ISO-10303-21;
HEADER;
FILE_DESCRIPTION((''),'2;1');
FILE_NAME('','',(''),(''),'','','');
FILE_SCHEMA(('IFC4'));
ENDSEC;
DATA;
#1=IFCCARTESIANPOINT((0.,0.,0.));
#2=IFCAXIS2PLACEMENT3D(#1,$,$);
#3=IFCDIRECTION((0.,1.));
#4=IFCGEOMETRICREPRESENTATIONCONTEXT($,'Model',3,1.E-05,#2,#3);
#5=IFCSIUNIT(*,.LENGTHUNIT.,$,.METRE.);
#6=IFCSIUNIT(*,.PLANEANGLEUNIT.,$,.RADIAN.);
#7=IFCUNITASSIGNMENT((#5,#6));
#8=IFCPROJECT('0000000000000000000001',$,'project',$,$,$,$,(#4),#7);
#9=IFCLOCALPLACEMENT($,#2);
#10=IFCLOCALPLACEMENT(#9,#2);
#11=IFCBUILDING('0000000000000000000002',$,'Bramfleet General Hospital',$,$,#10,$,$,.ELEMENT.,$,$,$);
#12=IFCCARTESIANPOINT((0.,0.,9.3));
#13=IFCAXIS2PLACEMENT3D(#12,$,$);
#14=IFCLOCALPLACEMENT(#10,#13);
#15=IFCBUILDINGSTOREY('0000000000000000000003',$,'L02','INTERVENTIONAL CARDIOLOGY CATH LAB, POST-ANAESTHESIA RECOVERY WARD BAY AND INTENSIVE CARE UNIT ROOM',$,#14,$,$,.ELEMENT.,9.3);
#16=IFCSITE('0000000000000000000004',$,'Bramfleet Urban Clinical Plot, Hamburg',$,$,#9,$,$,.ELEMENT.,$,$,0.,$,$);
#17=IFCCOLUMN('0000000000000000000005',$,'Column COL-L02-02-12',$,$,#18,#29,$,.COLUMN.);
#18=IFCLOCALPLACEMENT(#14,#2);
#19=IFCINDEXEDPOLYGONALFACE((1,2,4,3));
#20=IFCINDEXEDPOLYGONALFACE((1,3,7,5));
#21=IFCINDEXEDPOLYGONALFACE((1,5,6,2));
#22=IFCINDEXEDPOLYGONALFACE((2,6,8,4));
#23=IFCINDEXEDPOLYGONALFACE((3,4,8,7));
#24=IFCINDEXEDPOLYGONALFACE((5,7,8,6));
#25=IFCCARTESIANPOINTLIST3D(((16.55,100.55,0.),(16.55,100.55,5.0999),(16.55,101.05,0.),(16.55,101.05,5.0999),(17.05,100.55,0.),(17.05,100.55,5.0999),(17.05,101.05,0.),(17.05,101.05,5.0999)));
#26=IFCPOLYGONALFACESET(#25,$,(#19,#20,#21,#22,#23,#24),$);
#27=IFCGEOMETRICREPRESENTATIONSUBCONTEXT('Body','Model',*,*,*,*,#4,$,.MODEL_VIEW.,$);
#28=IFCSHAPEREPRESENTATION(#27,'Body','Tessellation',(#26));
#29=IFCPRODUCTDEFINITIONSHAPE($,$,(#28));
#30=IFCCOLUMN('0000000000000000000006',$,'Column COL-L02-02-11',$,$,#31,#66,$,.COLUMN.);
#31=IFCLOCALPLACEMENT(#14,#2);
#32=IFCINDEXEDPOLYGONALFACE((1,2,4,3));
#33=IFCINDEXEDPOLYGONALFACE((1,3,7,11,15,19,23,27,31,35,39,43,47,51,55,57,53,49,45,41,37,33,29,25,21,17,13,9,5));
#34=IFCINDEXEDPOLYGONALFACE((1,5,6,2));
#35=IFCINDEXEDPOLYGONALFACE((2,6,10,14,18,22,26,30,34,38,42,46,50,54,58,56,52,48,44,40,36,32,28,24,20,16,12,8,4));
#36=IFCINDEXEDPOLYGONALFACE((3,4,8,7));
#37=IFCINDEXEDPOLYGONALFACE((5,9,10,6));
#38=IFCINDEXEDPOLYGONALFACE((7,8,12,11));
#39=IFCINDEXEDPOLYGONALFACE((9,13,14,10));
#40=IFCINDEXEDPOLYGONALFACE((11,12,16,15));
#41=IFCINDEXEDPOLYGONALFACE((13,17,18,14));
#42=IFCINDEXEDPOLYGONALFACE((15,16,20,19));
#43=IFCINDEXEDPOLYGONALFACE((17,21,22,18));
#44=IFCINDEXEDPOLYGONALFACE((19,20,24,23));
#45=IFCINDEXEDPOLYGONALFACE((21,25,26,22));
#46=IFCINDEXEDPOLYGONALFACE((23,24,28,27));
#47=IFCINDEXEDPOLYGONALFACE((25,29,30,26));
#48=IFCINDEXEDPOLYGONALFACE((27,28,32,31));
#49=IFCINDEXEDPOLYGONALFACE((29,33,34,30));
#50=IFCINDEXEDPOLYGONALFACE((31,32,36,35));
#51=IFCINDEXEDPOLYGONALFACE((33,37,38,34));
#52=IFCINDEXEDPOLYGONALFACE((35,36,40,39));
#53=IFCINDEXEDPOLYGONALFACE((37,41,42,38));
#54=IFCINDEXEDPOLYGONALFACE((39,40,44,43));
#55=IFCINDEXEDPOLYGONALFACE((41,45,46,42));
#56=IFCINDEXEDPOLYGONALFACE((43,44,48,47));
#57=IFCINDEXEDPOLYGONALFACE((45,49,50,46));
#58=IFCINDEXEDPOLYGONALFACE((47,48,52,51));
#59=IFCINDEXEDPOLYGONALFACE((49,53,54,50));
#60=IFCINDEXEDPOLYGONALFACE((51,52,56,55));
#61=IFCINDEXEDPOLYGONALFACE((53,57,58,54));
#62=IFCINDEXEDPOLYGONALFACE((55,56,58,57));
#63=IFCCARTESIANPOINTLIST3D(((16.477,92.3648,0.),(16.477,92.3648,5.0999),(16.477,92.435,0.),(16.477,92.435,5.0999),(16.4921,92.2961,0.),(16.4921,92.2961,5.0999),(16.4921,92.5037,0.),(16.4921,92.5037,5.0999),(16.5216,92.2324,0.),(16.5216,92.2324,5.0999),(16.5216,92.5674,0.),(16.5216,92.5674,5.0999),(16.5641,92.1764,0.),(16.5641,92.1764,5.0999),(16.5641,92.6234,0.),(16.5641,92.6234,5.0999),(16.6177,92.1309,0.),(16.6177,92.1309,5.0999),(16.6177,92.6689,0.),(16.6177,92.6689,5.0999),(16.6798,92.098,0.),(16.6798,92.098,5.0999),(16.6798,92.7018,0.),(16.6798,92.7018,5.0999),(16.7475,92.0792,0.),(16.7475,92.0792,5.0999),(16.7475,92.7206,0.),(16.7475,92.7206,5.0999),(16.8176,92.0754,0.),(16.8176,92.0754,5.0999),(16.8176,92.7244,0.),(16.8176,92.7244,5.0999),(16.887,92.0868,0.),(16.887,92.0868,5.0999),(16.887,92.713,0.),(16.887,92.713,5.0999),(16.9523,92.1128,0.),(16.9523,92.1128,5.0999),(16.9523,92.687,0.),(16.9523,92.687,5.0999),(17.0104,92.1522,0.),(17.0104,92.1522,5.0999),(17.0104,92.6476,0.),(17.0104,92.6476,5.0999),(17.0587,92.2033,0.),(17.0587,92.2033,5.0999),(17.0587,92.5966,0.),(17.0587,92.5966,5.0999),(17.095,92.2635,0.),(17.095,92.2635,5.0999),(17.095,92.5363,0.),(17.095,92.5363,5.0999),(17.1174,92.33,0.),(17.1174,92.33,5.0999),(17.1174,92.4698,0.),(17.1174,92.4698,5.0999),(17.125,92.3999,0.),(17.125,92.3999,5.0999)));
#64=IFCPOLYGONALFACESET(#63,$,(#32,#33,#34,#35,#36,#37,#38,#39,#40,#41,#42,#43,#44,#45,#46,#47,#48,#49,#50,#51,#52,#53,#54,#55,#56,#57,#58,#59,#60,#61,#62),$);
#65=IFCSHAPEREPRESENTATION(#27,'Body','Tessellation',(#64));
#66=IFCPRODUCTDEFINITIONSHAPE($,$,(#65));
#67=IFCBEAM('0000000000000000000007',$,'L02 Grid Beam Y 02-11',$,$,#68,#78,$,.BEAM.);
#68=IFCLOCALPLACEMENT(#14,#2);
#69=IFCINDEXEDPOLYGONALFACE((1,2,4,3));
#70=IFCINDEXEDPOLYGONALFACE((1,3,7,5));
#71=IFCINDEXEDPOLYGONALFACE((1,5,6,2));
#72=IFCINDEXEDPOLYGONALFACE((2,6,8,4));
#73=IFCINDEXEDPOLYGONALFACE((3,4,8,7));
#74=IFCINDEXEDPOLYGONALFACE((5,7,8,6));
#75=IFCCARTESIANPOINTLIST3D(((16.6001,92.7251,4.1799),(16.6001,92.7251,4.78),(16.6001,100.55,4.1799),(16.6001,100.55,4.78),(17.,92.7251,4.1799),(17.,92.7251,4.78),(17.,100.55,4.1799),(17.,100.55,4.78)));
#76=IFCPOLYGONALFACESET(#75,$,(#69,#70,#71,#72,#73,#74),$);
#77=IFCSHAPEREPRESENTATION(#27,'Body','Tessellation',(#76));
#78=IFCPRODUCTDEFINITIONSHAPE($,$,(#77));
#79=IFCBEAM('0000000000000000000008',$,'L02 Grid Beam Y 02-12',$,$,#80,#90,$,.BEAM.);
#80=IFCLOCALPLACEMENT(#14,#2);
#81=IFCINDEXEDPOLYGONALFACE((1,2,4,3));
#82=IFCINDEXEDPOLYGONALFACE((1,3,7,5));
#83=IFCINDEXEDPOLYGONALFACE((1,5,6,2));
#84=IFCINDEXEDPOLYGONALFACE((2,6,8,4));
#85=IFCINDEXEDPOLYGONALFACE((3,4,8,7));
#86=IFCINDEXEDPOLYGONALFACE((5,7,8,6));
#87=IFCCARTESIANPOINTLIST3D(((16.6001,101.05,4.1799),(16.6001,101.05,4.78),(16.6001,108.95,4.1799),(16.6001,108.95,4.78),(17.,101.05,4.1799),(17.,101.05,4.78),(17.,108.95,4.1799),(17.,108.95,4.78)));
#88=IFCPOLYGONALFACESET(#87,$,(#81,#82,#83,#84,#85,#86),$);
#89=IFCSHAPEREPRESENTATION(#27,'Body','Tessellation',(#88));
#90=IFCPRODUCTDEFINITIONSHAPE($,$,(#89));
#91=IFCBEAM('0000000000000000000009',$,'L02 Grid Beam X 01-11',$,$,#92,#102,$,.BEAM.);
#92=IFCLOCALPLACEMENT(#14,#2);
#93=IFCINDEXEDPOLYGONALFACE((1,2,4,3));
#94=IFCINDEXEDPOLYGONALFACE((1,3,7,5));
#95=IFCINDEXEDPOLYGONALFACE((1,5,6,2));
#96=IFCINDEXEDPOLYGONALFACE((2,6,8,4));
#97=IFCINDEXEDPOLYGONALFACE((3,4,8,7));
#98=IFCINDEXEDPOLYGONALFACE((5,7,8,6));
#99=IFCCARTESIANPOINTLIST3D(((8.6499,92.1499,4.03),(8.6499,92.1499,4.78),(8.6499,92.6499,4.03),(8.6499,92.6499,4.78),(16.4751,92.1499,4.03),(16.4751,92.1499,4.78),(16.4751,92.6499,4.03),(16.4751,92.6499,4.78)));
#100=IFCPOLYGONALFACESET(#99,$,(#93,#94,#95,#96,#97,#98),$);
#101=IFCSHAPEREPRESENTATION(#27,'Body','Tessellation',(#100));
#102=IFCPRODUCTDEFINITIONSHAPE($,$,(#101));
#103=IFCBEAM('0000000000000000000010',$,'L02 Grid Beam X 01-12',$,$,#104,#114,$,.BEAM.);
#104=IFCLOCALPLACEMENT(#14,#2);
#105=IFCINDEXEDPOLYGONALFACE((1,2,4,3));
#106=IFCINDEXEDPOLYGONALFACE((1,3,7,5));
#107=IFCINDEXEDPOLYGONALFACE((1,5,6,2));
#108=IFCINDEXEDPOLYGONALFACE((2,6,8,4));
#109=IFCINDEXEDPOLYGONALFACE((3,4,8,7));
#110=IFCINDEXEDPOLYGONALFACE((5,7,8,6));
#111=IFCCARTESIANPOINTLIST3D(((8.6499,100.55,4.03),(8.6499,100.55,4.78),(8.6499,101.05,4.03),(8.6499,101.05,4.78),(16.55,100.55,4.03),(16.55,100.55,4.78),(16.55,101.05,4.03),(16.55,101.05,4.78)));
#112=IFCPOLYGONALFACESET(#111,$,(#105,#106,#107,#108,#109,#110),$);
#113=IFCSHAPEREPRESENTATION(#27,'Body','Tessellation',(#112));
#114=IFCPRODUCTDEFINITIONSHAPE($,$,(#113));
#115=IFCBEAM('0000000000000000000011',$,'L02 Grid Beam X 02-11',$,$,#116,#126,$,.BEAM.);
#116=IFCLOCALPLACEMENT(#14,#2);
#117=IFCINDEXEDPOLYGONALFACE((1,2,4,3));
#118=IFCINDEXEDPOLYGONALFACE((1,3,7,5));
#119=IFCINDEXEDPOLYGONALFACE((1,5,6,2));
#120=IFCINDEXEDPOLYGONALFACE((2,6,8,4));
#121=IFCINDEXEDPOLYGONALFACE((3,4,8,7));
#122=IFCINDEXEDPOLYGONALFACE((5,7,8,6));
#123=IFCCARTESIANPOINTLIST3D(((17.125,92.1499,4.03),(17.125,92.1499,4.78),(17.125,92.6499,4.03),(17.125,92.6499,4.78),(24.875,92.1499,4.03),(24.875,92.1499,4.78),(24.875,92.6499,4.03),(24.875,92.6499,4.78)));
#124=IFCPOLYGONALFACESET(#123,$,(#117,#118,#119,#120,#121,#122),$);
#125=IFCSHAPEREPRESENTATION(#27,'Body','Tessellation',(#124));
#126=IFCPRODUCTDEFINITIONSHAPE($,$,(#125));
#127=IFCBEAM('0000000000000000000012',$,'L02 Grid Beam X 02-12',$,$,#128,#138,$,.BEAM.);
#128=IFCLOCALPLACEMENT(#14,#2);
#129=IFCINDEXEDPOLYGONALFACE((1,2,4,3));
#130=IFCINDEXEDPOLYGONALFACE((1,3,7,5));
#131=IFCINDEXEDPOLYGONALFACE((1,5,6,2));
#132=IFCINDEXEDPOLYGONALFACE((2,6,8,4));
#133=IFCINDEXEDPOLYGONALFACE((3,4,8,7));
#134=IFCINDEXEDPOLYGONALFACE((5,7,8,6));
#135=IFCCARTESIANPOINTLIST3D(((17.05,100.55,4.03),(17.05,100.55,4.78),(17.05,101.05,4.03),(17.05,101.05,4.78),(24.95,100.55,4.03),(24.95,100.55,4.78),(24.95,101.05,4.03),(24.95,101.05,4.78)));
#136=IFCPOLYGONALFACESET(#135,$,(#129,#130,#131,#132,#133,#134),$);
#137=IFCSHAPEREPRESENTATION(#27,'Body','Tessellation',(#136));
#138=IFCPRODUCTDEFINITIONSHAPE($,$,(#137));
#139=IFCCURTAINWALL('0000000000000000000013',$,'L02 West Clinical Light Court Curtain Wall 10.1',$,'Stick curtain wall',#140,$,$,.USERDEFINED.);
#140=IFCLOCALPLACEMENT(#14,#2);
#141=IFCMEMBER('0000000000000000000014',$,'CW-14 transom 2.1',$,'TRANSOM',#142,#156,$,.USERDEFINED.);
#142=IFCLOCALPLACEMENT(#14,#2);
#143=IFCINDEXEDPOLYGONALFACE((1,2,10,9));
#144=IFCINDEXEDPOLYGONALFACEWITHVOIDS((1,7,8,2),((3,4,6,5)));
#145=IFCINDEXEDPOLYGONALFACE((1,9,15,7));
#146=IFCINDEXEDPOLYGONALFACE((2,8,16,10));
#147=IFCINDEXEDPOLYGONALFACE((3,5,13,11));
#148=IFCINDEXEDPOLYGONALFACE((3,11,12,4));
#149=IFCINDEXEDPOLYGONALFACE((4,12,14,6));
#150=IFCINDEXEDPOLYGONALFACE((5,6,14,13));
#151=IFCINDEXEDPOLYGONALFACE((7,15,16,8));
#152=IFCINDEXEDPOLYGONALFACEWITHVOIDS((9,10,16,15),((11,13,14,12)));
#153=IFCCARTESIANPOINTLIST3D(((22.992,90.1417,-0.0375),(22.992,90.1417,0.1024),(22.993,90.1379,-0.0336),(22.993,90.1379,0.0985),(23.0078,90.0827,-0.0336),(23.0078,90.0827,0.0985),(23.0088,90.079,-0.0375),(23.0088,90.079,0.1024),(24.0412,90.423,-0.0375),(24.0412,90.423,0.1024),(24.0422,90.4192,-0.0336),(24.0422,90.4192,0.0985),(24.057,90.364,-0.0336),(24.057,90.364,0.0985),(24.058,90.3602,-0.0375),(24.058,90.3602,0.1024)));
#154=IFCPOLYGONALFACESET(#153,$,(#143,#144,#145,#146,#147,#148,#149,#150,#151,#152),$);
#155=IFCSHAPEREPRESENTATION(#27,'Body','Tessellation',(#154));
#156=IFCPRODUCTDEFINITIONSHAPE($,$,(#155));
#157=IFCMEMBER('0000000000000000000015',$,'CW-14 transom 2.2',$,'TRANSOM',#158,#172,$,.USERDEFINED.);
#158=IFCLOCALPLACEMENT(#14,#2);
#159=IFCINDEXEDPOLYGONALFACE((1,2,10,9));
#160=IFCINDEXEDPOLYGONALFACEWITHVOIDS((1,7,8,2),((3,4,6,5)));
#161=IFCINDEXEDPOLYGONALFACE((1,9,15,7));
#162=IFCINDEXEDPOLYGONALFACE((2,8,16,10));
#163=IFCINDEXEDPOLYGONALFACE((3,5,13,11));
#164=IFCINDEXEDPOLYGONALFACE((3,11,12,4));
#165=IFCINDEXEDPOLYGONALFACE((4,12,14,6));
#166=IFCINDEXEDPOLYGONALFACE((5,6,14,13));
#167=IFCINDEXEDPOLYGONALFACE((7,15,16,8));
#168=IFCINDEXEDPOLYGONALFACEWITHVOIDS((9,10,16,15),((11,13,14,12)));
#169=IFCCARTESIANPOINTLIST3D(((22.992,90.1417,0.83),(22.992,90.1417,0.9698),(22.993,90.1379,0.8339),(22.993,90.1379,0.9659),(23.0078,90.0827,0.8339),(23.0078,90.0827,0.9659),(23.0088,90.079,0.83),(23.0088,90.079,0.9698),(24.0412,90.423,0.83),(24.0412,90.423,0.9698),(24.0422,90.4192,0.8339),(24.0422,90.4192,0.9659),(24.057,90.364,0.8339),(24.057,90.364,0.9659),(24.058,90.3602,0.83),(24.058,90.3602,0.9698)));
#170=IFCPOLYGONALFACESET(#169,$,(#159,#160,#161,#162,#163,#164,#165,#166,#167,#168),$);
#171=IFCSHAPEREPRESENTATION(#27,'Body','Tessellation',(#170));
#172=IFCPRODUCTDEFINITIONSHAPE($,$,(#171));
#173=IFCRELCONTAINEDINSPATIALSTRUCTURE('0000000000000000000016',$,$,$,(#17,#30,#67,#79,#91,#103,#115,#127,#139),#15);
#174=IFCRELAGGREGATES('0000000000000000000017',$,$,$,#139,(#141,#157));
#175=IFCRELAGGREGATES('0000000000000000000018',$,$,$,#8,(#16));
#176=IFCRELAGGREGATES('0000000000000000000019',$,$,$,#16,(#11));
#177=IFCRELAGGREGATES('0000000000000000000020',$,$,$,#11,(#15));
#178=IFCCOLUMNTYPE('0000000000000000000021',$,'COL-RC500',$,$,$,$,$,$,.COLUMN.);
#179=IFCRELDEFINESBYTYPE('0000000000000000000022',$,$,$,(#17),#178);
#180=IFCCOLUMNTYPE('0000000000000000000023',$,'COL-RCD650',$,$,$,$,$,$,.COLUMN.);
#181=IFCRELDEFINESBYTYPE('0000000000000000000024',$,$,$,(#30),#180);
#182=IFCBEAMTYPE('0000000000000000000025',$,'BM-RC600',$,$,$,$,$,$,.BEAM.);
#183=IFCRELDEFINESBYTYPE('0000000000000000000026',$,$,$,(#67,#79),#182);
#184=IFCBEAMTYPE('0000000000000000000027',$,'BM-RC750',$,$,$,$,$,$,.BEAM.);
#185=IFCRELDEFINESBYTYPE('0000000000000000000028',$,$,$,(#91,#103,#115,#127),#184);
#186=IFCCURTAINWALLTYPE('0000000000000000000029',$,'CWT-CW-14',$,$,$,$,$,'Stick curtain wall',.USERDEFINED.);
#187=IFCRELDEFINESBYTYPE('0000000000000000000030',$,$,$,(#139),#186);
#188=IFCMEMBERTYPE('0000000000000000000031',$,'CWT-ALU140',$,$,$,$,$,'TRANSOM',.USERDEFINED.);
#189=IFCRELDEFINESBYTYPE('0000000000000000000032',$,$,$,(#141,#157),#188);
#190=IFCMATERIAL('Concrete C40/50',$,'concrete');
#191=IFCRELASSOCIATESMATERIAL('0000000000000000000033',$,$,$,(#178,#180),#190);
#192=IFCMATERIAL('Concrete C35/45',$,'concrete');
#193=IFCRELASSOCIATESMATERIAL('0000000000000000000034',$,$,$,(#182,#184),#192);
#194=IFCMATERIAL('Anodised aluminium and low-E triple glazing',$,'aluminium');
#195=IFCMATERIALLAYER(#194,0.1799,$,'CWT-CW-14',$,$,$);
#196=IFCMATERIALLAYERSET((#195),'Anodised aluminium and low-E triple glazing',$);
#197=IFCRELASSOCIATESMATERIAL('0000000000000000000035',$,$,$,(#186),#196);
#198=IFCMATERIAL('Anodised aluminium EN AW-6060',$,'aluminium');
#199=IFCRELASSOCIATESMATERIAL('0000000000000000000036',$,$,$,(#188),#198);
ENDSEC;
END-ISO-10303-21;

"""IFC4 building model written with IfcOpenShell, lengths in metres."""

from ifc_helpers import new_model, si_unit, direction, frame, origin, origin_2d, place, context, subcontext, project, spatial, rectangle, hollow_rectangle, circle, extrude, material, layer, layer_set, material_profile, profile_set, type_object, element, aggregate, save


model = new_model("IFC4")

# Units and contexts
model_context = context("Model", 3, precision=1e-05, world=origin(), true_north=direction((0.0, 1.0)))
body_context = subcontext(model_context, "Body", "Model", "MODEL_VIEW")
ifc_project = project(units=[si_unit("LENGTHUNIT", "METRE"), si_unit("PLANEANGLEUNIT", "RADIAN")], contexts=[model_context])

# Site, building, storey
site_placement = place(None, origin())
site = spatial("IfcSite", under=ifc_project, at=site_placement, Name="Bramfleet Urban Clinical Plot, Hamburg", CompositionType="ELEMENT", RefElevation=0.0)
building_placement = place(site_placement, origin())
building = spatial("IfcBuilding", under=site, at=building_placement, Name="Bramfleet General Hospital", CompositionType="ELEMENT")
storey_placement = place(building_placement, frame((0.0, 0.0, 9.3)))
storey = spatial("IfcBuildingStorey", under=building, at=storey_placement, Name="L02", Description="INTERVENTIONAL CARDIOLOGY CATH LAB, POST-ANAESTHESIA RECOVERY WARD BAY AND INTENSIVE CARE UNIT ROOM", CompositionType="ELEMENT", Elevation=9.3)

# Columns
ifc_material_1 = material(Name="Concrete C40/50", Category="concrete")
ifc_material_profile_1 = material_profile(ifc_material_1, rectangle(XDim=0.5, YDim=0.5, at=origin_2d()), Name="RC COL 500x500")
ifc_profile_set_1 = profile_set([ifc_material_profile_1], Name="Concrete C40/50")
column_type_1 = type_object("IfcColumnType", Name="COL-RC500", PredefinedType="COLUMN", material=ifc_profile_set_1)
column_1_placement = place(storey_placement, frame((16.8, 100.8, 0.0), z_axis=(0.0, 0.0, 1.0), x_axis=(1.0, 0.0, 0.0)))
element("IfcColumn", 1, at=column_1_placement, inside=storey, type_object=column_type_1, Name="Column COL-L02-02-12", PredefinedType="COLUMN", context=body_context, shape_type="SweptSolid", body=[
    extrude(rectangle(XDim=0.5, YDim=0.5, at=origin_2d()), origin(), (0.0, 0.0, 1.0), 5.0999),
])
ifc_material_profile_2 = material_profile(ifc_material_1, circle(Radius=0.325, at=origin_2d()), Name="RC ROUND D650")
ifc_profile_set_2 = profile_set([ifc_material_profile_2], Name="Concrete C40/50")
column_type_2 = type_object("IfcColumnType", Name="COL-RCD650", PredefinedType="COLUMN", material=ifc_profile_set_2)
column_2_placement = place(storey_placement, frame((16.8, 92.3999, 0.0), z_axis=(0.0, 0.0, 1.0), x_axis=(1.0, 0.0, 0.0)))
element("IfcColumn", 2, at=column_2_placement, inside=storey, type_object=column_type_2, Name="Column COL-L02-02-11", PredefinedType="COLUMN", context=body_context, shape_type="SweptSolid", body=[
    extrude(circle(Radius=0.325, at=origin_2d()), origin(), (0.0, 0.0, 1.0), 5.0999),
])

# Beams
ifc_material_2 = material(Name="Concrete C35/45", Category="concrete")
ifc_material_profile_3 = material_profile(ifc_material_2, rectangle(XDim=0.3999, YDim=0.6001, at=origin_2d()), Name="RC BM 600x400")
ifc_profile_set_3 = profile_set([ifc_material_profile_3], Name="Concrete C35/45")
beam_type_1 = type_object("IfcBeamType", Name="BM-RC600", PredefinedType="BEAM", material=ifc_profile_set_3)
beam_1_placement = place(storey_placement, frame((16.8, 92.7251, 4.48), z_axis=(0.0, 1.0, 0.0), x_axis=(-1.0, 0.0, 0.0)))
element("IfcBeam", 3, at=beam_1_placement, inside=storey, type_object=beam_type_1, Name="L02 Grid Beam Y 02-11", PredefinedType="BEAM", context=body_context, shape_type="SweptSolid", body=[
    extrude(rectangle(XDim=0.3999, YDim=0.6001, at=origin_2d()), origin(), (0.0, 0.0, 1.0), 7.825),
])
beam_2_placement = place(storey_placement, frame((16.8, 101.05, 4.48), z_axis=(0.0, 1.0, 0.0), x_axis=(-1.0, 0.0, 0.0)))
element("IfcBeam", 4, at=beam_2_placement, inside=storey, type_object=beam_type_1, Name="L02 Grid Beam Y 02-12", PredefinedType="BEAM", context=body_context, shape_type="SweptSolid", body=[
    extrude(rectangle(XDim=0.3999, YDim=0.6001, at=origin_2d()), origin(), (0.0, 0.0, 1.0), 7.8999),
])
ifc_material_profile_4 = material_profile(ifc_material_2, rectangle(XDim=0.5, YDim=0.75, at=origin_2d()), Name="RC BM 750x500")
ifc_profile_set_4 = profile_set([ifc_material_profile_4], Name="Concrete C35/45")
beam_type_2 = type_object("IfcBeamType", Name="BM-RC750", PredefinedType="BEAM", material=ifc_profile_set_4)
beam_3_placement = place(storey_placement, frame((8.6499, 92.3999, 4.405), z_axis=(1.0, 0.0, 0.0), x_axis=(0.0, 1.0, 0.0)))
element("IfcBeam", 5, at=beam_3_placement, inside=storey, type_object=beam_type_2, Name="L02 Grid Beam X 01-11", PredefinedType="BEAM", context=body_context, shape_type="SweptSolid", body=[
    extrude(rectangle(XDim=0.5, YDim=0.75, at=origin_2d()), origin(), (0.0, 0.0, 1.0), 7.8252),
])
beam_4_placement = place(storey_placement, frame((8.6499, 100.8, 4.405), z_axis=(1.0, 0.0, 0.0), x_axis=(0.0, 1.0, 0.0)))
element("IfcBeam", 6, at=beam_4_placement, inside=storey, type_object=beam_type_2, Name="L02 Grid Beam X 01-12", PredefinedType="BEAM", context=body_context, shape_type="SweptSolid", body=[
    extrude(rectangle(XDim=0.5, YDim=0.75, at=origin_2d()), origin(), (0.0, 0.0, 1.0), 7.9001),
])
beam_5_placement = place(storey_placement, frame((17.125, 92.3999, 4.405), z_axis=(1.0, 0.0, 0.0), x_axis=(0.0, 1.0, 0.0)))
element("IfcBeam", 7, at=beam_5_placement, inside=storey, type_object=beam_type_2, Name="L02 Grid Beam X 02-11", PredefinedType="BEAM", context=body_context, shape_type="SweptSolid", body=[
    extrude(rectangle(XDim=0.5, YDim=0.75, at=origin_2d()), origin(), (0.0, 0.0, 1.0), 7.75),
])
beam_6_placement = place(storey_placement, frame((17.05, 100.8, 4.405), z_axis=(1.0, 0.0, 0.0), x_axis=(0.0, 1.0, 0.0)))
element("IfcBeam", 8, at=beam_6_placement, inside=storey, type_object=beam_type_2, Name="L02 Grid Beam X 02-12", PredefinedType="BEAM", context=body_context, shape_type="SweptSolid", body=[
    extrude(rectangle(XDim=0.5, YDim=0.75, at=origin_2d()), origin(), (0.0, 0.0, 1.0), 7.8999),
])

# Curtain wall, members
ifc_material_3 = material(Name="Anodised aluminium and low-E triple glazing", Category="aluminium")
ifc_layer_1 = layer(ifc_material_3, 0.1799, Name="CWT-CW-14")
ifc_layer_set_1 = layer_set([ifc_layer_1], Name="Anodised aluminium and low-E triple glazing")
curtain_wall_type = type_object("IfcCurtainWallType", Name="CWT-CW-14", ElementType="Stick curtain wall", PredefinedType="USERDEFINED", material=ifc_layer_set_1)
curtain_wall_placement = place(storey_placement, origin())
curtain_wall = element("IfcCurtainWall", 9, at=curtain_wall_placement, inside=storey, type_object=curtain_wall_type, Name="L02 West Clinical Light Court Curtain Wall 10.1", ObjectType="Stick curtain wall", PredefinedType="USERDEFINED")
ifc_material_4 = material(Name="Anodised aluminium EN AW-6060", Category="aluminium")
ifc_material_profile_5 = material_profile(ifc_material_4, hollow_rectangle(XDim=0.0649, YDim=0.1399, WallThickness=0.0039, at=origin_2d()), Name="ALU 140x65x4.0")
ifc_profile_set_5 = profile_set([ifc_material_profile_5], Name="Anodised aluminium EN AW-6060")
member_type = type_object("IfcMemberType", Name="CWT-ALU140", ElementType="TRANSOM", PredefinedType="USERDEFINED", material=ifc_profile_set_5)
member_1_placement = place(storey_placement, frame((24.0496, 90.3916, 0.0325), z_axis=(-0.965891, -0.25895, 0.0), x_axis=(0.25895, -0.965891, 0.0)))
member_1 = element("IfcMember", 10, at=member_1_placement, type_object=member_type, Name="CW-14 transom 2.1", ObjectType="TRANSOM", PredefinedType="USERDEFINED", context=body_context, shape_type="SweptSolid", body=[
    extrude(hollow_rectangle(XDim=0.0649, YDim=0.1399, WallThickness=0.0039, at=origin_2d()), origin(), (0.0, 0.0, 1.0), 1.0862),
])
member_2_placement = place(storey_placement, frame((24.0496, 90.3916, 0.8999), z_axis=(-0.965891, -0.25895, 0.0), x_axis=(0.25895, -0.965891, 0.0)))
member_2 = element("IfcMember", 11, at=member_2_placement, type_object=member_type, Name="CW-14 transom 2.2", ObjectType="TRANSOM", PredefinedType="USERDEFINED", context=body_context, shape_type="SweptSolid", body=[
    extrude(hollow_rectangle(XDim=0.0649, YDim=0.1399, WallThickness=0.0039, at=origin_2d()), origin(), (0.0, 0.0, 1.0), 1.0862),
])
aggregate(curtain_wall, [member_1, member_2])

save(model, "model.ifc")
